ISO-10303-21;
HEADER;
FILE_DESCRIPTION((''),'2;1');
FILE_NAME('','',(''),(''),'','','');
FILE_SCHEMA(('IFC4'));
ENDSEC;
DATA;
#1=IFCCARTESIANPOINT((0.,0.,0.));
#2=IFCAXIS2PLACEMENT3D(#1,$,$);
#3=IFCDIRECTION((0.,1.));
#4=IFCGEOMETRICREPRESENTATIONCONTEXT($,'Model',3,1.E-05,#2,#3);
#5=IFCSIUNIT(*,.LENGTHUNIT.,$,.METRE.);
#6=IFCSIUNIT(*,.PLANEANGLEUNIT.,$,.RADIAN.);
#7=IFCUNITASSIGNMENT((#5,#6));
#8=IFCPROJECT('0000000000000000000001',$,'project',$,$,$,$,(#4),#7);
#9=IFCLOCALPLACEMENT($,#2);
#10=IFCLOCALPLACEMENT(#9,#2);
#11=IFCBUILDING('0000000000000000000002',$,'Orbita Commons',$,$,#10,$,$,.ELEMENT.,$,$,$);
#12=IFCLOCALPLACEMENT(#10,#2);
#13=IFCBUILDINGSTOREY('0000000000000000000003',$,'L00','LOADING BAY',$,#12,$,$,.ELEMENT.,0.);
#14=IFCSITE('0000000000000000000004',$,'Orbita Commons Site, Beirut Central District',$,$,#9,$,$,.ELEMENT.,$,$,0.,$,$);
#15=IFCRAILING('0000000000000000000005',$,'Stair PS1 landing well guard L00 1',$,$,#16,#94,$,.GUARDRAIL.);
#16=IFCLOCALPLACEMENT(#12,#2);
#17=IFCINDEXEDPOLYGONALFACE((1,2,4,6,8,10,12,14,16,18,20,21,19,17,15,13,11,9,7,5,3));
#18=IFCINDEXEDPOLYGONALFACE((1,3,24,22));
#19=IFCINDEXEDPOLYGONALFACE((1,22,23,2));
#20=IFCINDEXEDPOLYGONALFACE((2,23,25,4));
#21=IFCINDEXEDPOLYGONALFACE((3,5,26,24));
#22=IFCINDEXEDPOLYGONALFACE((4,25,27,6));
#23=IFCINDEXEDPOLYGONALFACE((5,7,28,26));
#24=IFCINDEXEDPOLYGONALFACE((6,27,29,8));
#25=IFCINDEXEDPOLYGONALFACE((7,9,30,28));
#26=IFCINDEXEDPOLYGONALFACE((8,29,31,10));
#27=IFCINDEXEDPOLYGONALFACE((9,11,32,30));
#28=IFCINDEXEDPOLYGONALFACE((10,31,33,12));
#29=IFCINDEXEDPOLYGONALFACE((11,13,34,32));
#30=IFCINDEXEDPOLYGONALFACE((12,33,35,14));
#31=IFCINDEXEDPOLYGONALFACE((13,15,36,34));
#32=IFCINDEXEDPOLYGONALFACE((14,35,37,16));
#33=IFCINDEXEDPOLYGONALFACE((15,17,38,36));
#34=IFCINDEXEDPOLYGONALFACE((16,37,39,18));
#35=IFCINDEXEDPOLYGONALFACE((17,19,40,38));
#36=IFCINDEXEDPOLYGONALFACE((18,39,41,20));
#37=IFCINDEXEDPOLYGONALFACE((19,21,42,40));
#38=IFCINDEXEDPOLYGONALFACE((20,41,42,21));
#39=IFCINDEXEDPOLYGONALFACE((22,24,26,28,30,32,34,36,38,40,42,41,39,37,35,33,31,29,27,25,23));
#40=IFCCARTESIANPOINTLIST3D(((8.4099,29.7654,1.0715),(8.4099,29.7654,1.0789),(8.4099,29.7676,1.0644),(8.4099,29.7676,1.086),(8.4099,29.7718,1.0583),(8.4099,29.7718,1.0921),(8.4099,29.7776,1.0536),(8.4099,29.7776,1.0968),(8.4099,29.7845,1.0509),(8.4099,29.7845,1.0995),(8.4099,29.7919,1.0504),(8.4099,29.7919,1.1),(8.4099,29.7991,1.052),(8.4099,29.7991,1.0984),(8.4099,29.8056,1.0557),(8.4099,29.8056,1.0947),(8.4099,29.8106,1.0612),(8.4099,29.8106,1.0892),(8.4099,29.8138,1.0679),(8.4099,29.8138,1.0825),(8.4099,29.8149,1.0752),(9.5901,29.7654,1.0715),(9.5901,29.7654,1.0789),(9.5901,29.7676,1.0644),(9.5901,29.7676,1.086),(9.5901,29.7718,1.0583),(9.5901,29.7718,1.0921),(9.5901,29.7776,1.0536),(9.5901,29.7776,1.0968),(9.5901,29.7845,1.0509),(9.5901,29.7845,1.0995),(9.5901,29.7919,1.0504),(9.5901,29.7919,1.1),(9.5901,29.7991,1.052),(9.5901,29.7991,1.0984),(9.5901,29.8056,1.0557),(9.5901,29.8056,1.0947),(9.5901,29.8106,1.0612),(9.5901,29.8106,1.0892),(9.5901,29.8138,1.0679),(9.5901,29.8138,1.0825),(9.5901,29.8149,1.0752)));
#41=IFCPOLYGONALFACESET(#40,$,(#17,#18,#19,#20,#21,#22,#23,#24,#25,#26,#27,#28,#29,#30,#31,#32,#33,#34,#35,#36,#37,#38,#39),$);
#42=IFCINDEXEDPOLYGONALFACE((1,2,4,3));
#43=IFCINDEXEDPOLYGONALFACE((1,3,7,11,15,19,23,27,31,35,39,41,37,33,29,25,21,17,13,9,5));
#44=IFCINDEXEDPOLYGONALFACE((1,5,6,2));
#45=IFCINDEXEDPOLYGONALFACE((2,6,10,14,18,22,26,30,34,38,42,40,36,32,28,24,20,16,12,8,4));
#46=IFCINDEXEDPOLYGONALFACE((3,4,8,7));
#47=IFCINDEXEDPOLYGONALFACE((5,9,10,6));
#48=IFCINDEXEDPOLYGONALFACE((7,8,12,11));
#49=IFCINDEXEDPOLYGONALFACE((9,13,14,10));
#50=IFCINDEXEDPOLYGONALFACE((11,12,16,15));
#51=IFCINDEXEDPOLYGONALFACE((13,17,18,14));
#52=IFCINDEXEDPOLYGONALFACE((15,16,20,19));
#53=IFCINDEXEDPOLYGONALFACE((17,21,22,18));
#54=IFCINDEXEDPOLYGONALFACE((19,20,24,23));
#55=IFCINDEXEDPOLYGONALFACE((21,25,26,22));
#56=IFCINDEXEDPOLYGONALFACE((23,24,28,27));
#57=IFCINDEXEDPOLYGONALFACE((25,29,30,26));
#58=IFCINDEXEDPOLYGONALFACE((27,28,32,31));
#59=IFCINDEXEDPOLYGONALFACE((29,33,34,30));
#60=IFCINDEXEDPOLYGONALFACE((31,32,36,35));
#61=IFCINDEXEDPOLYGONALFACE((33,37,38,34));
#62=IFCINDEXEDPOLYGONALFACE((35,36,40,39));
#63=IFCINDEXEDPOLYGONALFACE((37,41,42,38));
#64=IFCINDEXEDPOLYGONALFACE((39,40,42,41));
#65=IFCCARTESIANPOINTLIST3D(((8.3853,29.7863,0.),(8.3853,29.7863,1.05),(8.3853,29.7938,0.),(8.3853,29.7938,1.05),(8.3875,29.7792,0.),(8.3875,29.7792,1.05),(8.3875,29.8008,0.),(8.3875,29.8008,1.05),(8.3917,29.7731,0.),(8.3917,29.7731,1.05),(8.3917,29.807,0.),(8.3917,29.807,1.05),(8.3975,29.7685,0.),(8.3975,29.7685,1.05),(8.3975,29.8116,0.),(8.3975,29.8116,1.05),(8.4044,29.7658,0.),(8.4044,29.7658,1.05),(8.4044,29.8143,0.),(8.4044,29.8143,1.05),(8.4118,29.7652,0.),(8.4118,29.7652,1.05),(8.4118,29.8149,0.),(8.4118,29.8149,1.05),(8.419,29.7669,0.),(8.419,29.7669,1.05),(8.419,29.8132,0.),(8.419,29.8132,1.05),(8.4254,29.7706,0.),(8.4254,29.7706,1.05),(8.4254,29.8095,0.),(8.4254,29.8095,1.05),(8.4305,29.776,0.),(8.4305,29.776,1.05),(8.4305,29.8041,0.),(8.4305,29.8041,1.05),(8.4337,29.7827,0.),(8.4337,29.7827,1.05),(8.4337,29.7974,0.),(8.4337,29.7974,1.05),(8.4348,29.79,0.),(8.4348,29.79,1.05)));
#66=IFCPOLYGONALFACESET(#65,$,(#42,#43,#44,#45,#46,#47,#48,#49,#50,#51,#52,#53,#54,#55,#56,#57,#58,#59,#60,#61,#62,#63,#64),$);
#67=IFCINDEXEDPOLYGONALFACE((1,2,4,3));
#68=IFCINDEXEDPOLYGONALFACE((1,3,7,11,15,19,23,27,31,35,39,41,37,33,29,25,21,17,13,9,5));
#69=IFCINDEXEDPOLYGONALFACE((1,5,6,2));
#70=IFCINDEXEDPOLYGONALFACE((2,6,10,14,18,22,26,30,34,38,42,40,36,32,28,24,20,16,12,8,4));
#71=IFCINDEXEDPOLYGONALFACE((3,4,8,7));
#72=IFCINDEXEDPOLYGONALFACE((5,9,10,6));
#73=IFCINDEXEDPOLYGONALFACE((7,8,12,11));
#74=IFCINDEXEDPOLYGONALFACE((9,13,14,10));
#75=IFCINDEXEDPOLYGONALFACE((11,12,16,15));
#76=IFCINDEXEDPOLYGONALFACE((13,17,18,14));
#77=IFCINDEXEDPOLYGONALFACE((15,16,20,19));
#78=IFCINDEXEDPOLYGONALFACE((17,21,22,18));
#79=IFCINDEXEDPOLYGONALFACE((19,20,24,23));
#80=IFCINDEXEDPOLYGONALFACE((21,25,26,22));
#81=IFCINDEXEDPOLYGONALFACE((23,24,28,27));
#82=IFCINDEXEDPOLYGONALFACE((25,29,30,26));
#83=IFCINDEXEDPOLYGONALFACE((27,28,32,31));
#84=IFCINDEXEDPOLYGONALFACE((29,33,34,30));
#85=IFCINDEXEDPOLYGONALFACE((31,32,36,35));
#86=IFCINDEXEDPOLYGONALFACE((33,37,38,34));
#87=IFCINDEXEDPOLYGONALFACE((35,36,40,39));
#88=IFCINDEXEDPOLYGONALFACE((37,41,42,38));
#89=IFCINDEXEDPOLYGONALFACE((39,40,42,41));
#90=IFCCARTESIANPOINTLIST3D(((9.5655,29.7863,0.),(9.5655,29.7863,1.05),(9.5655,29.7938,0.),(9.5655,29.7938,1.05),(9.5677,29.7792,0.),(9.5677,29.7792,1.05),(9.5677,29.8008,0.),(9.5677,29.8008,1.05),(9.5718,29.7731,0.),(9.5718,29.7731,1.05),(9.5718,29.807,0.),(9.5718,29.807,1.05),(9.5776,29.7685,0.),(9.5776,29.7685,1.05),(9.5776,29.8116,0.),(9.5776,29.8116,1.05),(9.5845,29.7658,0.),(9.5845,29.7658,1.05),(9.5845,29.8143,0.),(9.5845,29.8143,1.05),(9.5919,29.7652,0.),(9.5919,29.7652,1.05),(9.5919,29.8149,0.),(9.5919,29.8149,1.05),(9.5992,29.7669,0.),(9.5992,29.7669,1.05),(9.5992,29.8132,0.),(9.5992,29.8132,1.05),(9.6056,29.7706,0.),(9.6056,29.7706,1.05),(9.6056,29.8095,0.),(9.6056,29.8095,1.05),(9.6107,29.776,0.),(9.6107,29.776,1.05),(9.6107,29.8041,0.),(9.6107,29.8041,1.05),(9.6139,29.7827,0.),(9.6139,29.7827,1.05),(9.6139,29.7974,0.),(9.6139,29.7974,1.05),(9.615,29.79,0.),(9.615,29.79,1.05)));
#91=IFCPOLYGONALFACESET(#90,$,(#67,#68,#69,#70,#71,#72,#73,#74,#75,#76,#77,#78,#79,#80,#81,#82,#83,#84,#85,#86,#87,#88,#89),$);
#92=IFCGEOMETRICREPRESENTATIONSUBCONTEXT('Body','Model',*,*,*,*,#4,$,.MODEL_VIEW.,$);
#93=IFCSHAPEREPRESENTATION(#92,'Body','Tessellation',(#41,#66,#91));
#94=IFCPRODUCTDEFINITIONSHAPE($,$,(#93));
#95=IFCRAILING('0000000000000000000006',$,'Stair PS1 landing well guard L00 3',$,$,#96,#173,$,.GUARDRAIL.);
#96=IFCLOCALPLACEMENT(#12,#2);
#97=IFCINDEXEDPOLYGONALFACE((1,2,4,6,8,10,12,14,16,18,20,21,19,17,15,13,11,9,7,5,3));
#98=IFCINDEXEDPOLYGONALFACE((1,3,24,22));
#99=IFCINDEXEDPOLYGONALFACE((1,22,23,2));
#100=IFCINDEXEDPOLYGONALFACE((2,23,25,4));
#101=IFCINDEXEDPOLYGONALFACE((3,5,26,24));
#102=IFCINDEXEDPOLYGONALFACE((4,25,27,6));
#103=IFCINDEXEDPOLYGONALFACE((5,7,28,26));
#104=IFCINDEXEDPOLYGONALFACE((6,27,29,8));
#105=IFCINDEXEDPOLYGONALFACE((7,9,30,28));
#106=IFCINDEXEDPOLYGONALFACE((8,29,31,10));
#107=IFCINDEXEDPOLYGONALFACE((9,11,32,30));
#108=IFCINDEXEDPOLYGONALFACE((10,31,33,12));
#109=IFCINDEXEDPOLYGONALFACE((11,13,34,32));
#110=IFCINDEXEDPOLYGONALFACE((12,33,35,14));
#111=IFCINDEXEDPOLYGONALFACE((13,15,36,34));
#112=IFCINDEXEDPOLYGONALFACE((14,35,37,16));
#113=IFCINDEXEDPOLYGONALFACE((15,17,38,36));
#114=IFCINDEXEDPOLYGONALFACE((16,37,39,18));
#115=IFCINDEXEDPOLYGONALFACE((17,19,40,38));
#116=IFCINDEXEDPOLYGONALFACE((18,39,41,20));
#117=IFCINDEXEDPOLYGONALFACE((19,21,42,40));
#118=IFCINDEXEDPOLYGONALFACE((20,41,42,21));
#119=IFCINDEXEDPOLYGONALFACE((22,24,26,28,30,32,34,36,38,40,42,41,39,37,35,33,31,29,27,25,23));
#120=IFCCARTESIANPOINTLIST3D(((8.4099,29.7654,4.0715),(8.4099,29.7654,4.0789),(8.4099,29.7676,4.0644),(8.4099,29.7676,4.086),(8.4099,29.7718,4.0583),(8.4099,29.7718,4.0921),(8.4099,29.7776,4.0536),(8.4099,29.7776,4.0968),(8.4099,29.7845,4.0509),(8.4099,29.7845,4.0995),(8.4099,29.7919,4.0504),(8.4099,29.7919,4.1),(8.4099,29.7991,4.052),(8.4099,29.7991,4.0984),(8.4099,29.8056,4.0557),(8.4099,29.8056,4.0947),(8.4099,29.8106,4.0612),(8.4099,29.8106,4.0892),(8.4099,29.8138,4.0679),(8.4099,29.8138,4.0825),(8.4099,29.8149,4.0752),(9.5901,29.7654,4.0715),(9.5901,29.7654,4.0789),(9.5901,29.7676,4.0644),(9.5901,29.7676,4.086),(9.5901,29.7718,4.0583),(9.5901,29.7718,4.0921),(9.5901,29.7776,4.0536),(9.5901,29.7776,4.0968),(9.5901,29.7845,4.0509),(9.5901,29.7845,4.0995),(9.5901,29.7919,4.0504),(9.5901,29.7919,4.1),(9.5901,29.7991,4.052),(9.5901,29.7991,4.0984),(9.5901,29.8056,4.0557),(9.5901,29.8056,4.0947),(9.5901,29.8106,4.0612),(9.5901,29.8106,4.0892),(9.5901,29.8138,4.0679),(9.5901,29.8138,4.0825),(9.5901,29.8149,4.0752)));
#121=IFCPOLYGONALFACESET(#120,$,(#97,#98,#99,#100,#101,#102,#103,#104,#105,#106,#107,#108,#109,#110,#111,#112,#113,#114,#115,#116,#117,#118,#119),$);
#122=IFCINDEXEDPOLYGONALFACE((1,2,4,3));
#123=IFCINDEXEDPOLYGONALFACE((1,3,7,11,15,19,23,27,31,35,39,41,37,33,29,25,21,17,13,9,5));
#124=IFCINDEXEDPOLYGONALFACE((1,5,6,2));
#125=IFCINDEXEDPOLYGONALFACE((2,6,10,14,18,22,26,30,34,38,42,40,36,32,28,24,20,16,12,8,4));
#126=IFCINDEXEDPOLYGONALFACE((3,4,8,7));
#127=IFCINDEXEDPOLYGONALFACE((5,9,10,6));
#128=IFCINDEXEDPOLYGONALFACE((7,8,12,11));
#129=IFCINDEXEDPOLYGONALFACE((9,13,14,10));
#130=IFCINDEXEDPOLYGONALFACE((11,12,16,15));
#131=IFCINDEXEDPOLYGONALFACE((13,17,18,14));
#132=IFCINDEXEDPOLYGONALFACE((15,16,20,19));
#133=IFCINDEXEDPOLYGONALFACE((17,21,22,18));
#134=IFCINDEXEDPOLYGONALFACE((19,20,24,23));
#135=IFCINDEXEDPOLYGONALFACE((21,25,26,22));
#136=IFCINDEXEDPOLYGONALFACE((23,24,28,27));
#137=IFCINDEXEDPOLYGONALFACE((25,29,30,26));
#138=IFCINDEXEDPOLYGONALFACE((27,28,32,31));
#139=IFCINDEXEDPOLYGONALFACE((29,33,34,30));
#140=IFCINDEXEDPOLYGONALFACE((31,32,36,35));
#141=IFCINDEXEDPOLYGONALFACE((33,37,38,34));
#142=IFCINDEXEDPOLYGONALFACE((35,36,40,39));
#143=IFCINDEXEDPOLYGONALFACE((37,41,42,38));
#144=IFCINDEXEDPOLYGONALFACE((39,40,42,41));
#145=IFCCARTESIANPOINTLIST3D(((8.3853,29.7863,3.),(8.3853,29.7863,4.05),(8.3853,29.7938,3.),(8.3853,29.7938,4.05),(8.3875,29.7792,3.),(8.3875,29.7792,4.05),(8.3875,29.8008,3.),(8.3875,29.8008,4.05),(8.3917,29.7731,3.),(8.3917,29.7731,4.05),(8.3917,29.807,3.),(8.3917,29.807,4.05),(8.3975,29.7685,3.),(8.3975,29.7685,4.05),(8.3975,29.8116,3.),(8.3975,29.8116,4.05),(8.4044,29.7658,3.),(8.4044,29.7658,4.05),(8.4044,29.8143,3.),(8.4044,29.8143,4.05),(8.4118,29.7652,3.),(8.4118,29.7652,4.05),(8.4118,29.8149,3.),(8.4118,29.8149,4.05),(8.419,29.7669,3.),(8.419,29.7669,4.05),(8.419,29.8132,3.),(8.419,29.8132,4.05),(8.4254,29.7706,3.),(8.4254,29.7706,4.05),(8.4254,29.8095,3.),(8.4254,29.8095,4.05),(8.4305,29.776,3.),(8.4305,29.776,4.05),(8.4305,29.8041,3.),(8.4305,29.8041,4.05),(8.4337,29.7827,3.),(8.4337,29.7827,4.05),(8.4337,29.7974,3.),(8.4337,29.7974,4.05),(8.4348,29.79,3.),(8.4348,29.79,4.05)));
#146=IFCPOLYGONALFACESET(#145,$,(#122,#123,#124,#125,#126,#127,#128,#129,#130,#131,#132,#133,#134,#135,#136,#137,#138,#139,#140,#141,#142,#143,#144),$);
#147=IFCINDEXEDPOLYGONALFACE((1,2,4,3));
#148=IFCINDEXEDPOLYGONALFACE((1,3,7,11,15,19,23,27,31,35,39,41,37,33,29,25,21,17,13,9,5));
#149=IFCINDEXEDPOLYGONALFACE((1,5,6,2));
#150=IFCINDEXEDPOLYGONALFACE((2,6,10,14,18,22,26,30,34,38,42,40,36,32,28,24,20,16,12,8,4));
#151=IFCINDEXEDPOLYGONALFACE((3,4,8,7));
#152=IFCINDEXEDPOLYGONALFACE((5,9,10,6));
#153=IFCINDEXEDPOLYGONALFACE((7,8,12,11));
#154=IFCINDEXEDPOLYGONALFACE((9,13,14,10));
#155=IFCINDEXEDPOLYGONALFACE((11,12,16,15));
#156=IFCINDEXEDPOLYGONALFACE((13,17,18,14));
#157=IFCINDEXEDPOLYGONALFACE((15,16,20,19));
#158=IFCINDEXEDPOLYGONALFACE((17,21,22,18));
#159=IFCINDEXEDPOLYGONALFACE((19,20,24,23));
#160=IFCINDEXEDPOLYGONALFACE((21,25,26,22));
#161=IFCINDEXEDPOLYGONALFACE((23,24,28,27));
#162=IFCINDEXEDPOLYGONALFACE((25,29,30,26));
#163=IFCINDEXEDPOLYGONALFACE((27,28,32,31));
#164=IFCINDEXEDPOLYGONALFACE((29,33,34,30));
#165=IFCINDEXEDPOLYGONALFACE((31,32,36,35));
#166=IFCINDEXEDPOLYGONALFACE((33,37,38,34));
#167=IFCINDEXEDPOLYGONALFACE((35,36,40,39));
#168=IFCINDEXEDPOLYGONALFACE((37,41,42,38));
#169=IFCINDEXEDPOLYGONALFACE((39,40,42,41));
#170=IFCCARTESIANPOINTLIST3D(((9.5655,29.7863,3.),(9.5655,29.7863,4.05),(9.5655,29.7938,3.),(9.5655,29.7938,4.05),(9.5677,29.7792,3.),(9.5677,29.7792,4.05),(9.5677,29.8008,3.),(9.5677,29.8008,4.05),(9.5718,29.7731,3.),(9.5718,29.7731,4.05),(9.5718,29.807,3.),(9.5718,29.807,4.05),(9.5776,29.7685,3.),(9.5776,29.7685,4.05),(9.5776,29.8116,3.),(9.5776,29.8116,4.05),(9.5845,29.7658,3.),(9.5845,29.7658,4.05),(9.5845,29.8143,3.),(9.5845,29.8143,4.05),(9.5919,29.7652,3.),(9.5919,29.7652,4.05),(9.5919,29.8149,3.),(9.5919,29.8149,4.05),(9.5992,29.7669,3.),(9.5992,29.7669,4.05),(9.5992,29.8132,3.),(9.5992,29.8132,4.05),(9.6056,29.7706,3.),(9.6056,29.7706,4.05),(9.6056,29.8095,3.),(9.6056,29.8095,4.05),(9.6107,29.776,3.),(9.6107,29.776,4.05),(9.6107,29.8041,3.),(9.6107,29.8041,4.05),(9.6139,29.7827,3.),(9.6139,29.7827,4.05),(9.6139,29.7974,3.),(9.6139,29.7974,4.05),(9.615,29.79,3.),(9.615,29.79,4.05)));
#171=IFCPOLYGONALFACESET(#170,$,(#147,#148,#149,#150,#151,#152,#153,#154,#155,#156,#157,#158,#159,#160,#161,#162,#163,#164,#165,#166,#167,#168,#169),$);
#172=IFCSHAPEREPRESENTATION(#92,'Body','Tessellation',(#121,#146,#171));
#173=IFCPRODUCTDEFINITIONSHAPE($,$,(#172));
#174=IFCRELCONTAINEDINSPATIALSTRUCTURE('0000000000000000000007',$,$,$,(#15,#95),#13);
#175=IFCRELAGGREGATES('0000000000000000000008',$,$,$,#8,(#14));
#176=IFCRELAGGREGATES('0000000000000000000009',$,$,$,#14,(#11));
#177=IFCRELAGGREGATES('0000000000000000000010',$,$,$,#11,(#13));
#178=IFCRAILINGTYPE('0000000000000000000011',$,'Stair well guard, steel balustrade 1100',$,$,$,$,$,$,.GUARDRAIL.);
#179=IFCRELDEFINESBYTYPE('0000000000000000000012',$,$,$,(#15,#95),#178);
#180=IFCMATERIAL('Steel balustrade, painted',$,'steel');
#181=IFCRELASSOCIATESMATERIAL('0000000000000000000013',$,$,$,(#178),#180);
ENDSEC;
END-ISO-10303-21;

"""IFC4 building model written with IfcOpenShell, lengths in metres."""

from ifc_helpers import new_model, si_unit, direction, frame, origin, origin_2d, place, context, subcontext, project, spatial, circle, extrude, material, type_object, element, save


model = new_model("IFC4")

# Units and contexts
model_context = context("Model", 3, precision=1e-05, world=origin(), true_north=direction((0.0, 1.0)))
body_context = subcontext(model_context, "Body", "Model", "MODEL_VIEW")
ifc_project = project(units=[si_unit("LENGTHUNIT", "METRE"), si_unit("PLANEANGLEUNIT", "RADIAN")], contexts=[model_context])

# Site, building, storey
site_placement = place(None, origin())
site = spatial("IfcSite", under=ifc_project, at=site_placement, Name="Orbita Commons Site, Beirut Central District", CompositionType="ELEMENT", RefElevation=0.0)
building_placement = place(site_placement, origin())
building = spatial("IfcBuilding", under=site, at=building_placement, Name="Orbita Commons", CompositionType="ELEMENT")
storey_placement = place(building_placement, origin())
storey = spatial("IfcBuildingStorey", under=building, at=storey_placement, Name="L00", Description="LOADING BAY", CompositionType="ELEMENT", Elevation=0.0)

# Railings
ifc_material_1 = material(Name="Steel balustrade, painted", Category="steel")
railing_type_1 = type_object("IfcRailingType", Name="Stair well guard, steel balustrade 1100", PredefinedType="GUARDRAIL", material=ifc_material_1)
for number, where, name in (
    (1, (8.4099, 29.79, 0.0), "Stair PS1 landing well guard L00 1"),
    (2, (8.4099, 29.79, 3.0), "Stair PS1 landing well guard L00 3"),
):
    element("IfcRailing", number, at=place(storey_placement, frame(where)), inside=storey, type_object=railing_type_1, Name=name, PredefinedType="GUARDRAIL", context=body_context, shape_type="SweptSolid", body=[
        extrude(circle(Radius=0.0249, at=origin_2d()), frame((0.0, 0.0, 1.0752), z_axis=(1.0, 0.0, 0.0), x_axis=(0.0, 1.0, 0.0)), (0.0, 0.0, 1.0), 1.1802),
        extrude(circle(Radius=0.0249, at=origin_2d()), origin(), (0.0, 0.0, 1.0), 1.05),
        extrude(circle(Radius=0.0249, at=origin_2d()), frame((1.1802, 0.0, 0.0)), (0.0, 0.0, 1.0), 1.05),
    ])

save(model, "model.ifc")
